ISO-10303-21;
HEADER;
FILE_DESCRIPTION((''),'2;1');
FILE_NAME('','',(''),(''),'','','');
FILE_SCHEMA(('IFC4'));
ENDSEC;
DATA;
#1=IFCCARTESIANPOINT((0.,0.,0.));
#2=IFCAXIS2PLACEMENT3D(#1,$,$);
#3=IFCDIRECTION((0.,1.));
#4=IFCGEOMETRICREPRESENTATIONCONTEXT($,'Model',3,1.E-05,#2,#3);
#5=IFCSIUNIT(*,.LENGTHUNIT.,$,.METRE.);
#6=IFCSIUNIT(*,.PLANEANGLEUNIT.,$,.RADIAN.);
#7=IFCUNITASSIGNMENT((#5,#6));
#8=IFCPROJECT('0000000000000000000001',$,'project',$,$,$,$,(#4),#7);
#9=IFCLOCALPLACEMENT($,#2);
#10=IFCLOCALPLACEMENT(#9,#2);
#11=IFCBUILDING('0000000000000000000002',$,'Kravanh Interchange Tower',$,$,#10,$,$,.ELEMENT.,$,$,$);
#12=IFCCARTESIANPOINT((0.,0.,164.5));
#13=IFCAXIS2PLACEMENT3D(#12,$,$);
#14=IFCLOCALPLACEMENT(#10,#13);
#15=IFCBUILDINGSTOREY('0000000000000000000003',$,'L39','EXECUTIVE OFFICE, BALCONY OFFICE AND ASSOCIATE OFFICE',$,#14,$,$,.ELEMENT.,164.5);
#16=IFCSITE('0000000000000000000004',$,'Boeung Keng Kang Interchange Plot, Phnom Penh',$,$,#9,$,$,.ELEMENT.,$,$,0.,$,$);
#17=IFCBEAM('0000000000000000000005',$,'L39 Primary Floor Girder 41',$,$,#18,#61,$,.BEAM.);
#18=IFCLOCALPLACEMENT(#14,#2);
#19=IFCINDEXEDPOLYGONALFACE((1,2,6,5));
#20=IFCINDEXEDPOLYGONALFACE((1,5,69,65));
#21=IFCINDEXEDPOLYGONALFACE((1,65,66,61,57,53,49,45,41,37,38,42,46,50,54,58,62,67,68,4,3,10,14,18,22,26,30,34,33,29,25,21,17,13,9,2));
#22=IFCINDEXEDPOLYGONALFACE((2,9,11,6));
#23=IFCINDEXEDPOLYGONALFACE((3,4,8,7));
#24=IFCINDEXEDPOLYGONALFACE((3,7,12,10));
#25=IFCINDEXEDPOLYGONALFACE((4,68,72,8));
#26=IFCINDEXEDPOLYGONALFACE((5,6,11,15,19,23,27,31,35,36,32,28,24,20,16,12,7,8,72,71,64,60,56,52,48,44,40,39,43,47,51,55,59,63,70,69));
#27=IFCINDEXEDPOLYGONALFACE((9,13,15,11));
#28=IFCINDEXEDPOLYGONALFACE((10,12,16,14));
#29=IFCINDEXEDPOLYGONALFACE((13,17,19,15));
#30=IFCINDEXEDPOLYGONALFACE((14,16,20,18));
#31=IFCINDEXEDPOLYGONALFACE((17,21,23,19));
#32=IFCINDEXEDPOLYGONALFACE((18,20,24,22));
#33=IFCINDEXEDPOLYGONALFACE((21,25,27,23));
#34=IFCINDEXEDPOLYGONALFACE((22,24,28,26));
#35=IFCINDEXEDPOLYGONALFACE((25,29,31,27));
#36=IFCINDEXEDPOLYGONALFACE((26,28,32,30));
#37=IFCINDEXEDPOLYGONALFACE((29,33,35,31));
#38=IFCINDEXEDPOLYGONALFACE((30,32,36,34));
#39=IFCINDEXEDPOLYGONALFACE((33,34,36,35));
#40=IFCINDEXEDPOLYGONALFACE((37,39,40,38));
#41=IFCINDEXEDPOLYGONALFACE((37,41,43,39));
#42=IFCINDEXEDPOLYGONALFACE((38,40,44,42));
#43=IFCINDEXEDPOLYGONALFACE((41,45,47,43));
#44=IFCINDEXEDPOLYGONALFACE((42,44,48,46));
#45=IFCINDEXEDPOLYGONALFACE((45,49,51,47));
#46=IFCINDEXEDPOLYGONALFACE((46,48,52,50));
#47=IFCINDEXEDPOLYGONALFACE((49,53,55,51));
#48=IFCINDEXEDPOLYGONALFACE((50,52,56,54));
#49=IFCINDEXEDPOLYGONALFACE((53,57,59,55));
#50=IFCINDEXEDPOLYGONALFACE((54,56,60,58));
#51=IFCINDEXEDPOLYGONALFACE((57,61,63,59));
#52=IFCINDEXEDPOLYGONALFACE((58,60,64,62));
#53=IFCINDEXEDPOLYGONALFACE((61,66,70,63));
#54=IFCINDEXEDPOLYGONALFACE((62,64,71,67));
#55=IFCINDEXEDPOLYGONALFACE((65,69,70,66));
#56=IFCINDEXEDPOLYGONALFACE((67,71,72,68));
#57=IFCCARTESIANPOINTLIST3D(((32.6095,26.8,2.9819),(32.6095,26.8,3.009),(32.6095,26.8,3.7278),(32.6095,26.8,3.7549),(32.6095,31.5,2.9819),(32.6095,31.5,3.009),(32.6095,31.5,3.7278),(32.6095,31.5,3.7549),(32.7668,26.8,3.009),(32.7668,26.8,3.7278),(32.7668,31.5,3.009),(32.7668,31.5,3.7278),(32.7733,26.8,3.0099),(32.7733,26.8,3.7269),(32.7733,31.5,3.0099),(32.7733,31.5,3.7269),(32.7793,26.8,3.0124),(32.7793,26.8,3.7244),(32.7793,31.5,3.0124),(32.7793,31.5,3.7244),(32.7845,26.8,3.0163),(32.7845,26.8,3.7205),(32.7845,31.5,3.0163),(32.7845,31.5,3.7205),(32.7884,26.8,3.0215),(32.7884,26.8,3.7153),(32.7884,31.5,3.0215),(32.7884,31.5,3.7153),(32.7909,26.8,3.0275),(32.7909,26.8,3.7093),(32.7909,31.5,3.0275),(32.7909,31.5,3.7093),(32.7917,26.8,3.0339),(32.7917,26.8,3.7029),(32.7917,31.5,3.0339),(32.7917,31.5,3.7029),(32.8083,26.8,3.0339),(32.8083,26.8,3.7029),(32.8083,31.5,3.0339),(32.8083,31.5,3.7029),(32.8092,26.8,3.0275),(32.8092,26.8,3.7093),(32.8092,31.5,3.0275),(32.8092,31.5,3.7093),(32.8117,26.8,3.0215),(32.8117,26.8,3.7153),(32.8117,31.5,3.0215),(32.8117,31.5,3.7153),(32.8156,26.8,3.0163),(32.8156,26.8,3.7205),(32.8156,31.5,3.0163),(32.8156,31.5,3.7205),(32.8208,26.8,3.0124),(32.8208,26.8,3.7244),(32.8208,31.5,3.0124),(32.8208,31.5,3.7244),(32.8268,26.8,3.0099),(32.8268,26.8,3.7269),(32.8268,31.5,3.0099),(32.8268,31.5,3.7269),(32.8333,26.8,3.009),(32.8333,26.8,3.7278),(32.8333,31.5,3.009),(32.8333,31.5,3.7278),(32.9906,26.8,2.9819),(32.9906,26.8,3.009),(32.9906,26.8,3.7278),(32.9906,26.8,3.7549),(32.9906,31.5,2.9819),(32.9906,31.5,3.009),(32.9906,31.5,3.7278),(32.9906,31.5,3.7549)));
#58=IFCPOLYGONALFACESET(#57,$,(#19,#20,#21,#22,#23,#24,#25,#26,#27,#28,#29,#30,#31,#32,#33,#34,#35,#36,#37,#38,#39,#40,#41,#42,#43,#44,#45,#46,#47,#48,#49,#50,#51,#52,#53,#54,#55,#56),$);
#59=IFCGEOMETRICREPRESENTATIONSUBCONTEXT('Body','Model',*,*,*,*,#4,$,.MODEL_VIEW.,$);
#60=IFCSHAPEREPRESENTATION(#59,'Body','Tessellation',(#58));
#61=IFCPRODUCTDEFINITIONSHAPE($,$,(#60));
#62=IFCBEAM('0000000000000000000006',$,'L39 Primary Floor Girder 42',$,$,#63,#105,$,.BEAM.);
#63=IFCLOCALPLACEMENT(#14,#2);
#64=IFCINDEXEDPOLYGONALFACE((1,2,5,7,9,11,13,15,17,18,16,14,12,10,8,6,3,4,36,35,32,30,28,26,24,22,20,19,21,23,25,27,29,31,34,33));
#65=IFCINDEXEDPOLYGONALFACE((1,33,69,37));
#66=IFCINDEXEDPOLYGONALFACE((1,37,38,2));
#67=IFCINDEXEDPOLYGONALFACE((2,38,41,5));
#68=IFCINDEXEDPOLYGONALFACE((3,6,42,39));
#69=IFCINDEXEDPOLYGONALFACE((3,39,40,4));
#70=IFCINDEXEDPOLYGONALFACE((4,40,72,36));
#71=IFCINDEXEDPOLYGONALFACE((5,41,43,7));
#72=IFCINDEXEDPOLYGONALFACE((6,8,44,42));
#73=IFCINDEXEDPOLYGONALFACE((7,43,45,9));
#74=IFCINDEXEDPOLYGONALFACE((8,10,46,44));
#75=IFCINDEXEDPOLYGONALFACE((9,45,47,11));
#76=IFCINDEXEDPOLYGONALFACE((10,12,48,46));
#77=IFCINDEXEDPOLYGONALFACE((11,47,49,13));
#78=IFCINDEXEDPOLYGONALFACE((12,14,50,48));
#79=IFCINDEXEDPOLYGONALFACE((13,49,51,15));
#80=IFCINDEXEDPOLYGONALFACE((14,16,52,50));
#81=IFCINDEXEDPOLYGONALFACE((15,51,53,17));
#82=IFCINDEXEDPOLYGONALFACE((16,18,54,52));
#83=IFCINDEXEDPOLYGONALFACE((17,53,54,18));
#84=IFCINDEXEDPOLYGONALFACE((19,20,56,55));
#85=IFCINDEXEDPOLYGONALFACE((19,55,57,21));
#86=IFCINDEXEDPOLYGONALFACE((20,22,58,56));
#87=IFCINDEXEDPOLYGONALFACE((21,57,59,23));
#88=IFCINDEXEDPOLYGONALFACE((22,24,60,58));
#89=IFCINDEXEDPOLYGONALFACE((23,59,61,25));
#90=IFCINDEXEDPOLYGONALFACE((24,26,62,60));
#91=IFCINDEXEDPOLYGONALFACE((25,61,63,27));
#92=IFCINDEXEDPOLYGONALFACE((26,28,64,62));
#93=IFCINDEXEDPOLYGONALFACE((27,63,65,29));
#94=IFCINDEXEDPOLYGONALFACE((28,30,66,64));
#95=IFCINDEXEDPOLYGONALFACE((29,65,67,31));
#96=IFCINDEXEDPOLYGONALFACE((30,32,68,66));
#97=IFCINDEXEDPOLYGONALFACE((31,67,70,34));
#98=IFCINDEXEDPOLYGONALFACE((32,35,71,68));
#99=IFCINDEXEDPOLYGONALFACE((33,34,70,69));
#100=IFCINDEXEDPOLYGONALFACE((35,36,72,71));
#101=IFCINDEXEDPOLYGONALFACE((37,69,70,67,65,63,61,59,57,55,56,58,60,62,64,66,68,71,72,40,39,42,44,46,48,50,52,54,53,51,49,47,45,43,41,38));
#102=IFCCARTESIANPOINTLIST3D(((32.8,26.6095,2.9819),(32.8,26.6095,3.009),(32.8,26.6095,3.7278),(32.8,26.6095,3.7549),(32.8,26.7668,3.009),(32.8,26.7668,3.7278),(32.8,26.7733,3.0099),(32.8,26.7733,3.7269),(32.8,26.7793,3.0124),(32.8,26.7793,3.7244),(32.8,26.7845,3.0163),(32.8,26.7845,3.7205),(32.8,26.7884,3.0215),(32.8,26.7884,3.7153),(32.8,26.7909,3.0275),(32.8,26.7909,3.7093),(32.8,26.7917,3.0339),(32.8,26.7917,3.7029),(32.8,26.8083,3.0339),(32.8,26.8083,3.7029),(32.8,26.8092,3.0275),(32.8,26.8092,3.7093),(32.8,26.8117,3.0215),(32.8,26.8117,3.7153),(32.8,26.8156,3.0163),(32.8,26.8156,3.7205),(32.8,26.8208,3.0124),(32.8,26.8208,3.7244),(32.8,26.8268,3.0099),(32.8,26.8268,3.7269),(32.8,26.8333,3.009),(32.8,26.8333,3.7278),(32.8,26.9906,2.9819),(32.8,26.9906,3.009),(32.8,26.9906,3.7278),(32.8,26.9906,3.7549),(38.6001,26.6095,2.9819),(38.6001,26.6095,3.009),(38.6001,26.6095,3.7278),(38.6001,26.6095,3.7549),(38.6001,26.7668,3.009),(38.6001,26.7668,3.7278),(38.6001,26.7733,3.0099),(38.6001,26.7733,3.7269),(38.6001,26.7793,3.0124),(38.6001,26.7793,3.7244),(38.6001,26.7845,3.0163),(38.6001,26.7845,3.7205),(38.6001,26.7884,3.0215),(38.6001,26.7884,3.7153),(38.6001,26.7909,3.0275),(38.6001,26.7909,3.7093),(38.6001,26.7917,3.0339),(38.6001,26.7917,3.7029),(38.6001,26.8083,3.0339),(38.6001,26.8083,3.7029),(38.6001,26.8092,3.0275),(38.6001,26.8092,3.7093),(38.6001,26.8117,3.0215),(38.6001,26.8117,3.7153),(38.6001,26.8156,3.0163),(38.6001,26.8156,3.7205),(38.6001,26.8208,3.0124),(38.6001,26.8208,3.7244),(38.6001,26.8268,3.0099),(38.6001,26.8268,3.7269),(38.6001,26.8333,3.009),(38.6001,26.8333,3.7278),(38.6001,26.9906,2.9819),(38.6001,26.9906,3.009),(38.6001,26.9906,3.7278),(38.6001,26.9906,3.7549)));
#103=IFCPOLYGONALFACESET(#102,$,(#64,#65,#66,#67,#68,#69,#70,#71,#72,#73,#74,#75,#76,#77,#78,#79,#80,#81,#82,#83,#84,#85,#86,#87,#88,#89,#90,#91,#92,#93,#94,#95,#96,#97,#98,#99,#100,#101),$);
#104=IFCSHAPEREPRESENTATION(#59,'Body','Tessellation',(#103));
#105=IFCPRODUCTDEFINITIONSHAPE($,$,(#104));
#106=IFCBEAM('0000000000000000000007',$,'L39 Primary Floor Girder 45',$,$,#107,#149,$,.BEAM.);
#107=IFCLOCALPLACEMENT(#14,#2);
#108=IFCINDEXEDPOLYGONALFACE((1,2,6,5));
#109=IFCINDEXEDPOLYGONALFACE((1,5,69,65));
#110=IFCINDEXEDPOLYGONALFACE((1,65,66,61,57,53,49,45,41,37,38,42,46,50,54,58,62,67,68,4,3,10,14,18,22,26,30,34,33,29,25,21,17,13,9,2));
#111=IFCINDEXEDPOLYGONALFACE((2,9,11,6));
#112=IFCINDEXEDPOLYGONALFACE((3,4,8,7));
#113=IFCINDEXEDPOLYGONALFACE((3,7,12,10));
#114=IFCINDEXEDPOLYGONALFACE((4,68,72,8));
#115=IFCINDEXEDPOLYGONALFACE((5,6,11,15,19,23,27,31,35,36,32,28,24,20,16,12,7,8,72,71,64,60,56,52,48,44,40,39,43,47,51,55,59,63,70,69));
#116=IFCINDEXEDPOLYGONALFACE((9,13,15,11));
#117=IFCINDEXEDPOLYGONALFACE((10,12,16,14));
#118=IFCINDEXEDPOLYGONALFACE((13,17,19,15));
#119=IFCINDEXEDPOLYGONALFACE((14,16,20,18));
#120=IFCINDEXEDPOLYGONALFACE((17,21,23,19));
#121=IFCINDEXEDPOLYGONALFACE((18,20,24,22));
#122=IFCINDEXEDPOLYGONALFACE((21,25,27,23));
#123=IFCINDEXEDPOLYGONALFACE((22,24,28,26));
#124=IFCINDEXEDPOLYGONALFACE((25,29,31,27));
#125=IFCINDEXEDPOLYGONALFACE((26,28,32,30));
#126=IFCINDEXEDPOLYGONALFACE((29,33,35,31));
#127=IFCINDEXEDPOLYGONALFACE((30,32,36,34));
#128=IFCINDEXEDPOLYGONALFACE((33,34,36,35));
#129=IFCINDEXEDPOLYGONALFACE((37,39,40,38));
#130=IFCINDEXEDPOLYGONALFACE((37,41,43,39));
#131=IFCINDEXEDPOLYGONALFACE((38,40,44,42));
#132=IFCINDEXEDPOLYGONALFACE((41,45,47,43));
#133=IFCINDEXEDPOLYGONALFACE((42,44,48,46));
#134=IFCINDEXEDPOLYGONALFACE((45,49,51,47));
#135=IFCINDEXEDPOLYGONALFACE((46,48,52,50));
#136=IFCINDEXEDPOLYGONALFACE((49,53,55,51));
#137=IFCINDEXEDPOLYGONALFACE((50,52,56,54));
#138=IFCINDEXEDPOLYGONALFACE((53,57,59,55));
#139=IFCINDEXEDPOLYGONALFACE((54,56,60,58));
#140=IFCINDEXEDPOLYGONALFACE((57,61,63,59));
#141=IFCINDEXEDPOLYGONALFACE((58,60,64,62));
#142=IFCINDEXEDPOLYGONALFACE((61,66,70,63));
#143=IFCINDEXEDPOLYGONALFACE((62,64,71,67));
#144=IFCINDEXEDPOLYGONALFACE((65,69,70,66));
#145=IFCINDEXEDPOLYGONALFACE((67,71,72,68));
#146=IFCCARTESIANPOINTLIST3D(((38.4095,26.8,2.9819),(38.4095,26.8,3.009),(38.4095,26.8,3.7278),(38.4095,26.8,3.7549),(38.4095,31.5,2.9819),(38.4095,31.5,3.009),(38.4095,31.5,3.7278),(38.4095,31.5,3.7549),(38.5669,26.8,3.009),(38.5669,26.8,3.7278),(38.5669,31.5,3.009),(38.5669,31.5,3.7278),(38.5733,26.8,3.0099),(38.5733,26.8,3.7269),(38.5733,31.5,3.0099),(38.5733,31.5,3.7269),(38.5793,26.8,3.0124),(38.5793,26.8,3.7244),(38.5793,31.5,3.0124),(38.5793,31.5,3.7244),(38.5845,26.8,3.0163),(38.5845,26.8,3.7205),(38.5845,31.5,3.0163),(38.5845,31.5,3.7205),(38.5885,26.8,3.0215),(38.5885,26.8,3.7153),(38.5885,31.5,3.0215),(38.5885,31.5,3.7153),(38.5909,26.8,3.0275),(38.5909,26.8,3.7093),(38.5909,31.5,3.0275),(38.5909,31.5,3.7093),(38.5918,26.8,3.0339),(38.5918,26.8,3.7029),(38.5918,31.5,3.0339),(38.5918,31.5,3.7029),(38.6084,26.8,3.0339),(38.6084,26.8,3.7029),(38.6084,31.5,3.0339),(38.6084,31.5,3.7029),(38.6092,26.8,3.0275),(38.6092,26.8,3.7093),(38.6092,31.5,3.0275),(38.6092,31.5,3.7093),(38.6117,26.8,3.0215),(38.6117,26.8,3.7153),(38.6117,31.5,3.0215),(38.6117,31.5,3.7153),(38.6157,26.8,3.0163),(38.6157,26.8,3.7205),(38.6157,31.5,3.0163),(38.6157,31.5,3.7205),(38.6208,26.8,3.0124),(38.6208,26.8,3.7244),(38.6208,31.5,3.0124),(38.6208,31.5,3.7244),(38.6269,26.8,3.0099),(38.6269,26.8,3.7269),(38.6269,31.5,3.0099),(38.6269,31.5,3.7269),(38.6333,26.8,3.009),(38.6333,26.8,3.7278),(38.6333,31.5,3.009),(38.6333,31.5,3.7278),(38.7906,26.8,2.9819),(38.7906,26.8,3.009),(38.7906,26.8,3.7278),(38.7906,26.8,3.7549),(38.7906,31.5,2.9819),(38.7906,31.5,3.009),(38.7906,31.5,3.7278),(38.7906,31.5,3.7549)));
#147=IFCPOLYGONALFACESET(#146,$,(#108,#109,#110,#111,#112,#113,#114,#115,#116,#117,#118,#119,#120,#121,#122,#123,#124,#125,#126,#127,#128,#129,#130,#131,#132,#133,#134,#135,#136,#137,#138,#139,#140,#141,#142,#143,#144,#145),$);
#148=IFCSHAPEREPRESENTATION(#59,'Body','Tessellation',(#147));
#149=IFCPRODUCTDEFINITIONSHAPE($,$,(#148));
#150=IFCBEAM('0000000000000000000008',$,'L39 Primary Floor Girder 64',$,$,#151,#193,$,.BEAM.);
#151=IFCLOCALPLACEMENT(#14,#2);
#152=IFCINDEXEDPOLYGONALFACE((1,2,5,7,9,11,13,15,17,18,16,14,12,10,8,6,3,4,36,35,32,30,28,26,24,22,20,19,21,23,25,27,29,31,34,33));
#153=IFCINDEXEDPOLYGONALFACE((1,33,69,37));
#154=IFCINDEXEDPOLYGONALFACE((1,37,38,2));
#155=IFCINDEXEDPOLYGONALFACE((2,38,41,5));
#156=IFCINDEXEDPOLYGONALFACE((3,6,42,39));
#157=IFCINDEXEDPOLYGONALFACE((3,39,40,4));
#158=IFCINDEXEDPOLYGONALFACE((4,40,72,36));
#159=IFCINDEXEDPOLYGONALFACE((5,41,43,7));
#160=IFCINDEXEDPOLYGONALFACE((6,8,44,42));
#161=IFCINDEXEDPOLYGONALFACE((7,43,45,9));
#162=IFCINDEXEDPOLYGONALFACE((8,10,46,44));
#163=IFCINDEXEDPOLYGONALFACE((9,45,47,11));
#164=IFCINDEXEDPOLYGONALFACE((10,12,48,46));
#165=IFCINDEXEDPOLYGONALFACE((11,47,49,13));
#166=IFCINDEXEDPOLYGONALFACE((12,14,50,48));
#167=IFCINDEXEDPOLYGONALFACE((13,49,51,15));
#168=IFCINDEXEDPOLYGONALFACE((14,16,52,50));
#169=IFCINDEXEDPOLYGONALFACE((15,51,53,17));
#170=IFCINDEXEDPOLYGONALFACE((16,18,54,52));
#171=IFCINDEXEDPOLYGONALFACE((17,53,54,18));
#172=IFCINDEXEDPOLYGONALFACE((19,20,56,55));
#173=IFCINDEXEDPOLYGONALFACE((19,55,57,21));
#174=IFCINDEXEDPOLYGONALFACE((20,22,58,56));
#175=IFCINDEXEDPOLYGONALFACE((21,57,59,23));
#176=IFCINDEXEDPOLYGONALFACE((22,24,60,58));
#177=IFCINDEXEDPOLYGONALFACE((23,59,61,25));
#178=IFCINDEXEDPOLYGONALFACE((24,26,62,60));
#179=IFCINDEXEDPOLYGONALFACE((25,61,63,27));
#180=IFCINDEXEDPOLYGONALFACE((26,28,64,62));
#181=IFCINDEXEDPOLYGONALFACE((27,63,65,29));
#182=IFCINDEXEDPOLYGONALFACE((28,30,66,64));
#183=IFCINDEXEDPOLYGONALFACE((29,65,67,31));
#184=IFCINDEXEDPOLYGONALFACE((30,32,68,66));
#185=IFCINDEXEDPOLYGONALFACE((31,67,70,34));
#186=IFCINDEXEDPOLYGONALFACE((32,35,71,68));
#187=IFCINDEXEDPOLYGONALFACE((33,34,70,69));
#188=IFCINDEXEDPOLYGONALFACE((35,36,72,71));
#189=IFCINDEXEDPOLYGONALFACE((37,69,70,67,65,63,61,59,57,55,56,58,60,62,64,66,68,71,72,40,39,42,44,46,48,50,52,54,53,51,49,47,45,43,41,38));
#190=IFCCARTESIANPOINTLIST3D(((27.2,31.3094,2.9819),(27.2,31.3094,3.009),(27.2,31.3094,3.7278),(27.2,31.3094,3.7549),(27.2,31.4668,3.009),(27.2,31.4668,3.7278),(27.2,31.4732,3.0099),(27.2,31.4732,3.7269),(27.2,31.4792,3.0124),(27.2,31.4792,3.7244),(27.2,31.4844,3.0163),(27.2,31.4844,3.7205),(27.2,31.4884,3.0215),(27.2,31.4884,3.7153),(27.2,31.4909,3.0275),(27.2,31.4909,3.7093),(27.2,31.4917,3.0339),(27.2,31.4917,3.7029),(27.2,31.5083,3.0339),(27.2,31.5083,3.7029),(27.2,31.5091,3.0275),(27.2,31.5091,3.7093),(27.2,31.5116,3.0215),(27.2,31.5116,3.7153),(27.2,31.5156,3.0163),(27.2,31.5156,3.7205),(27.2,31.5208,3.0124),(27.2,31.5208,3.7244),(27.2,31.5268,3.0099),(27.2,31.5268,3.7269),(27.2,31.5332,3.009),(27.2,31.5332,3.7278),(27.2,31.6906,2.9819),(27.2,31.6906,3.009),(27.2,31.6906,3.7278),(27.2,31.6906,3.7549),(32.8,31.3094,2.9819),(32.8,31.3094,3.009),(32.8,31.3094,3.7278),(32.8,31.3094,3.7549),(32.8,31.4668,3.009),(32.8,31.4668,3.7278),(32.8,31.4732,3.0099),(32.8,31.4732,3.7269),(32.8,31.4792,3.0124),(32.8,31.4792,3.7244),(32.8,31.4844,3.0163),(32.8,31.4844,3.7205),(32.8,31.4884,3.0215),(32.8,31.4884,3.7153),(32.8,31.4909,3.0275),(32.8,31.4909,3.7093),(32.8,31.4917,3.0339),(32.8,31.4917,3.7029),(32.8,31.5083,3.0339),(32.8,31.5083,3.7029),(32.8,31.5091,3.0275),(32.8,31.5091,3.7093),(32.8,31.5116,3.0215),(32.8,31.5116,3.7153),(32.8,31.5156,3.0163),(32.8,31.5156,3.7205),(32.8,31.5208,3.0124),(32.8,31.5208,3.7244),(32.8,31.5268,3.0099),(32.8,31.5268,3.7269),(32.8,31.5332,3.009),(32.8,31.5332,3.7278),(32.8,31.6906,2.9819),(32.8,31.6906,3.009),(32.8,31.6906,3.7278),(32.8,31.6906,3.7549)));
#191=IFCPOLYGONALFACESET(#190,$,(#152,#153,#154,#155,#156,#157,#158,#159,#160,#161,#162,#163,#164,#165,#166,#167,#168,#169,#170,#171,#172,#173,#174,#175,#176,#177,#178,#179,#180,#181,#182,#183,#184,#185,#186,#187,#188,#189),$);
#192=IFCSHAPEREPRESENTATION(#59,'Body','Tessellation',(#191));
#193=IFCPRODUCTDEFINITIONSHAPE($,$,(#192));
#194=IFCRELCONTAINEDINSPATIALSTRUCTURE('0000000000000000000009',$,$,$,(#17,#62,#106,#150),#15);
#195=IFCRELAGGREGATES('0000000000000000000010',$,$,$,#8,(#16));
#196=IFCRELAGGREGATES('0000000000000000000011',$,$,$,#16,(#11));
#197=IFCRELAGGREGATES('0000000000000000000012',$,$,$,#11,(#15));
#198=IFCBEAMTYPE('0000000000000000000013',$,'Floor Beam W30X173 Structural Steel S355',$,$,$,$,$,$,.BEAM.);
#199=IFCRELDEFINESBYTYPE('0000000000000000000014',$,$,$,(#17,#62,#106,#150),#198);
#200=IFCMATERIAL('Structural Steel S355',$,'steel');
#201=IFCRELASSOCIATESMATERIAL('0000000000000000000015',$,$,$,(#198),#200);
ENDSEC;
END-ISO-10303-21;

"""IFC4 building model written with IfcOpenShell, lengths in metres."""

from ifc_helpers import new_model, si_unit, direction, frame, origin, origin_2d, place, context, subcontext, project, spatial, i_section, extrude, material, material_profile, profile_set, type_object, element, save


model = new_model("IFC4")

# Units and contexts
model_context = context("Model", 3, precision=1e-05, world=origin(), true_north=direction((0.0, 1.0)))
body_context = subcontext(model_context, "Body", "Model", "MODEL_VIEW")
ifc_project = project(units=[si_unit("LENGTHUNIT", "METRE"), si_unit("PLANEANGLEUNIT", "RADIAN")], contexts=[model_context])

# Site, building, storey
site_placement = place(None, origin())
site = spatial("IfcSite", under=ifc_project, at=site_placement, Name="Boeung Keng Kang Interchange Plot, Phnom Penh", CompositionType="ELEMENT", RefElevation=0.0)
building_placement = place(site_placement, origin())
building = spatial("IfcBuilding", under=site, at=building_placement, Name="Kravanh Interchange Tower", CompositionType="ELEMENT")
storey_placement = place(building_placement, frame((0.0, 0.0, 164.5)))
storey = spatial("IfcBuildingStorey", under=building, at=storey_placement, Name="L39", Description="EXECUTIVE OFFICE, BALCONY OFFICE AND ASSOCIATE OFFICE", CompositionType="ELEMENT", Elevation=164.5)

# Beams
ifc_material_1 = material(Name="Structural Steel S355", Category="steel")
ifc_material_profile_1 = material_profile(ifc_material_1, i_section(OverallWidth=0.3811, OverallDepth=0.7729, WebThickness=0.0166, FlangeThickness=0.0271, FilletRadius=0.0249, at=origin_2d()), Name="W30X173")
ifc_profile_set_1 = profile_set([ifc_material_profile_1], Name="Structural Steel S355")
beam_type_1 = type_object("IfcBeamType", Name="Floor Beam W30X173 Structural Steel S355", PredefinedType="BEAM", material=ifc_profile_set_1)
beam_1_placement = place(storey_placement, frame((32.8, 26.8, 3.3684), z_axis=(0.0, 1.0, 0.0), x_axis=(-1.0, 0.0, 0.0)))
element("IfcBeam", 1, at=beam_1_placement, inside=storey, type_object=beam_type_1, Name="L39 Primary Floor Girder 41", PredefinedType="BEAM", context=body_context, shape_type="SweptSolid", body=[
    extrude(i_section(OverallWidth=0.3811, OverallDepth=0.7729, WebThickness=0.0166, FlangeThickness=0.0271, FilletRadius=0.0249, at=origin_2d()), origin(), (0.0, 0.0, 1.0), 4.7),
])
beam_2_placement = place(storey_placement, frame((32.8, 26.8, 3.3684), z_axis=(1.0, 0.0, 0.0), x_axis=(0.0, 1.0, 0.0)))
element("IfcBeam", 2, at=beam_2_placement, inside=storey, type_object=beam_type_1, Name="L39 Primary Floor Girder 42", PredefinedType="BEAM", context=body_context, shape_type="SweptSolid", body=[
    extrude(i_section(OverallWidth=0.3811, OverallDepth=0.7729, WebThickness=0.0166, FlangeThickness=0.0271, FilletRadius=0.0249, at=origin_2d()), origin(), (0.0, 0.0, 1.0), 5.8),
])
beam_3_placement = place(storey_placement, frame((38.6001, 26.8, 3.3684), z_axis=(0.0, 1.0, 0.0), x_axis=(-1.0, 0.0, 0.0)))
element("IfcBeam", 3, at=beam_3_placement, inside=storey, type_object=beam_type_1, Name="L39 Primary Floor Girder 45", PredefinedType="BEAM", context=body_context, shape_type="SweptSolid", body=[
    extrude(i_section(OverallWidth=0.3811, OverallDepth=0.7729, WebThickness=0.0166, FlangeThickness=0.0271, FilletRadius=0.0249, at=origin_2d()), origin(), (0.0, 0.0, 1.0), 4.7),
])
beam_4_placement = place(storey_placement, frame((27.2, 31.5, 3.3684), z_axis=(1.0, 0.0, 0.0), x_axis=(0.0, 1.0, 0.0)))
element("IfcBeam", 4, at=beam_4_placement, inside=storey, type_object=beam_type_1, Name="L39 Primary Floor Girder 64", PredefinedType="BEAM", context=body_context, shape_type="SweptSolid", body=[
    extrude(i_section(OverallWidth=0.3811, OverallDepth=0.7729, WebThickness=0.0166, FlangeThickness=0.0271, FilletRadius=0.0249, at=origin_2d()), origin(), (0.0, 0.0, 1.0), 5.6001),
])

save(model, "model.ifc")
